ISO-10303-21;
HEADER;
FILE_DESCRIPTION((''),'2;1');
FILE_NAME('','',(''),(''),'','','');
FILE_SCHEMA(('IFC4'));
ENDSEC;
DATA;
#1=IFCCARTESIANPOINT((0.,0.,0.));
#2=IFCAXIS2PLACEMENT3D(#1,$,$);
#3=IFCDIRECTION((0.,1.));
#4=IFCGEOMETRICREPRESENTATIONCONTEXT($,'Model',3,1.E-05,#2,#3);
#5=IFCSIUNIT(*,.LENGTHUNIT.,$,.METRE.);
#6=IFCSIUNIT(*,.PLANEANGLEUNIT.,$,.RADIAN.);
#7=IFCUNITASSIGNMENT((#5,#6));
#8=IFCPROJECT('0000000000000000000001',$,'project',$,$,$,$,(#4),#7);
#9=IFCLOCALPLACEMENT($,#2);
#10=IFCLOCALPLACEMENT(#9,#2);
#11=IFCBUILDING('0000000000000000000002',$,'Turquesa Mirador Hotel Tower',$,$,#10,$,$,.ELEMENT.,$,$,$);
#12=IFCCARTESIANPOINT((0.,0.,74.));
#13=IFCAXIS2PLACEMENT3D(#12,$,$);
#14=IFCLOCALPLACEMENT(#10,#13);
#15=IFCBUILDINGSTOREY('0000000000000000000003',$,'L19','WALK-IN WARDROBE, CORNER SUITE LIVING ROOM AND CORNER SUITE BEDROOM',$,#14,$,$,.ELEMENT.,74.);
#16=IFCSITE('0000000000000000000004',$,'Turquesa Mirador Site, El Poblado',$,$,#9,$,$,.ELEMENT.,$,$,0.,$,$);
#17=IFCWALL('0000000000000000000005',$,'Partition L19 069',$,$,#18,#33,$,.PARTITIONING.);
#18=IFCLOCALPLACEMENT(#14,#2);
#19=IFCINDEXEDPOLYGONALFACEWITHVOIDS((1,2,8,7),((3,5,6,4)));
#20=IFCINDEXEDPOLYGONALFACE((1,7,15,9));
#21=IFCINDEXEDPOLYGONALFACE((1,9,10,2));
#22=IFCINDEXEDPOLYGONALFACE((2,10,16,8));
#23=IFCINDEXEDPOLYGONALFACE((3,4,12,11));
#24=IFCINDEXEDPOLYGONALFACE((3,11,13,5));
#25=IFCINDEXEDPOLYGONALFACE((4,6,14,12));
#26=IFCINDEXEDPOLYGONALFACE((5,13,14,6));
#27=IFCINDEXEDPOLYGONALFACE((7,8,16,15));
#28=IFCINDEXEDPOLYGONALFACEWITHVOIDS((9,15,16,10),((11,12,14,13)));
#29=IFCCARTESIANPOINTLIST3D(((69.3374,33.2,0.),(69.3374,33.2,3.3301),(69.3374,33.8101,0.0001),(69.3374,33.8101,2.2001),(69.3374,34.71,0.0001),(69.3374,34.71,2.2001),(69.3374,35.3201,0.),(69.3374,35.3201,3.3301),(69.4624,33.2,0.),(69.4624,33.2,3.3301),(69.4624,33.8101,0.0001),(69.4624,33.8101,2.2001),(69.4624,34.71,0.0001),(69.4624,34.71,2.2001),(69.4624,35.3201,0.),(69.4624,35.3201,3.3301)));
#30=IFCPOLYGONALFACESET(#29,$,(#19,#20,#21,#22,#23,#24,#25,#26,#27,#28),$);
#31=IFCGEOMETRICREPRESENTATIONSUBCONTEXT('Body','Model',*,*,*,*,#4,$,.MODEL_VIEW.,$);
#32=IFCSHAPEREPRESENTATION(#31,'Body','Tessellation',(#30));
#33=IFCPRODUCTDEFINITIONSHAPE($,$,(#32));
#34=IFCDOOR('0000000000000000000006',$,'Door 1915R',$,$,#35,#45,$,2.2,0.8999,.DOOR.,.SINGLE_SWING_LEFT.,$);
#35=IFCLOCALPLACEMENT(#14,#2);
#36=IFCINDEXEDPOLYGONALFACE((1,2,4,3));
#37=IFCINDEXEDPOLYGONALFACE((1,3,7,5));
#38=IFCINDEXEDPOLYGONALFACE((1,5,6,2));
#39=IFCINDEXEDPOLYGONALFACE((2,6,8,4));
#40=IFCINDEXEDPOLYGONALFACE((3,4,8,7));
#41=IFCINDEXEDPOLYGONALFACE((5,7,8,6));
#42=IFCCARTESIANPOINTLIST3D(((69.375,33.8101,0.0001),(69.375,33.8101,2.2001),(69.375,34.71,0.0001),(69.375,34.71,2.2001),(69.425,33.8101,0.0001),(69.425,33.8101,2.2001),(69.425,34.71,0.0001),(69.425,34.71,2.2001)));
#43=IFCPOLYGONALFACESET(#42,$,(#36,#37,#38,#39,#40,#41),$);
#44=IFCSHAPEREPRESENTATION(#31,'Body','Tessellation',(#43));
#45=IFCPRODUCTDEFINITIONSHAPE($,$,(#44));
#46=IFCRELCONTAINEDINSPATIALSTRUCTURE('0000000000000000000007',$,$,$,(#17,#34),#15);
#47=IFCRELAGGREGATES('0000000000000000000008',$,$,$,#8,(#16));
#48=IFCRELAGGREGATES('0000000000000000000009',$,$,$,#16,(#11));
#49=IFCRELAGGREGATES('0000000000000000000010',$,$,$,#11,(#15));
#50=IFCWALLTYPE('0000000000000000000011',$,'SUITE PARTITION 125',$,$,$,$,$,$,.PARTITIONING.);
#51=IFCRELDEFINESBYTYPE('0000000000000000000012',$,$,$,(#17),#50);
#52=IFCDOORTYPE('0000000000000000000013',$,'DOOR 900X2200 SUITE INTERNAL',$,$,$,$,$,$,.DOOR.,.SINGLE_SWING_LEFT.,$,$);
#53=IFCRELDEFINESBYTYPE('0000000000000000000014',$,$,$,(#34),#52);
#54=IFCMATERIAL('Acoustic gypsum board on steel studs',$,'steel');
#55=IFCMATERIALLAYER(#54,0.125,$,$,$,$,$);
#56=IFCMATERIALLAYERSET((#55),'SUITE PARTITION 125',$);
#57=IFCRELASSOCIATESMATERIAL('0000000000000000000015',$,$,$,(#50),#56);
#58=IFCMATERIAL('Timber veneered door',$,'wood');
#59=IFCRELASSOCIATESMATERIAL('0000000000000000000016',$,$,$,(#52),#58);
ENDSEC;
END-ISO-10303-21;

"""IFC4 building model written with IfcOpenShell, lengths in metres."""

from ifc_helpers import new_model, si_unit, direction, frame, frame_2d, origin, place, context, subcontext, project, spatial, rectangle, extrude, material, layer, layer_set, type_object, element, fill, save


model = new_model("IFC4")

# Units and contexts
model_context = context("Model", 3, precision=1e-05, world=origin(), true_north=direction((0.0, 1.0)))
body_context = subcontext(model_context, "Body", "Model", "MODEL_VIEW")
ifc_project = project(units=[si_unit("LENGTHUNIT", "METRE"), si_unit("PLANEANGLEUNIT", "RADIAN")], contexts=[model_context])

# Site, building, storey
site_placement = place(None, origin())
site = spatial("IfcSite", under=ifc_project, at=site_placement, Name="Turquesa Mirador Site, El Poblado", CompositionType="ELEMENT", RefElevation=0.0)
building_placement = place(site_placement, origin())
building = spatial("IfcBuilding", under=site, at=building_placement, Name="Turquesa Mirador Hotel Tower", CompositionType="ELEMENT")
storey_placement = place(building_placement, frame((0.0, 0.0, 74.0)))
storey = spatial("IfcBuildingStorey", under=building, at=storey_placement, Name="L19", Description="WALK-IN WARDROBE, CORNER SUITE LIVING ROOM AND CORNER SUITE BEDROOM", CompositionType="ELEMENT", Elevation=74.0)

# Wall, opening, door
ifc_material_1 = material(Name="Acoustic gypsum board on steel studs", Category="steel")
ifc_layer_1 = layer(ifc_material_1, 0.125)
ifc_layer_set_1 = layer_set([ifc_layer_1], Name="SUITE PARTITION 125")
wall_type_1 = type_object("IfcWallType", Name="SUITE PARTITION 125", PredefinedType="PARTITIONING", material=ifc_layer_set_1)
ifc_material_2 = material(Name="Timber veneered door", Category="wood")
door_type_1 = type_object("IfcDoorType", Name="DOOR 900X2200 SUITE INTERNAL", OperationType="SINGLE_SWING_LEFT", PredefinedType="DOOR", material=ifc_material_2)
wall_1_placement = place(storey_placement, frame((69.3999, 33.2, 0.0), z_axis=(0.0, 0.0, 1.0), x_axis=(0.0, 1.0, 0.0)))
wall_1 = element("IfcWall", 1, at=wall_1_placement, inside=storey, type_object=wall_type_1, Name="Partition L19 069", PredefinedType="PARTITIONING", context=body_context, shape_type="SweptSolid", body=[
    extrude(rectangle(XDim=2.1201, YDim=0.125, at=frame_2d((1.0601, 0.0))), origin(), (0.0, 0.0, 1.0), 3.3301),
])
opening_1_placement = place(wall_1_placement, frame((0.6101, 0.0, 0.0)))
opening_1 = element("IfcOpeningElement", 2, at=opening_1_placement, cuts=wall_1, PredefinedType="OPENING", context=body_context, shape_type="SweptSolid", body=[
    extrude(rectangle(XDim=0.8999, YDim=2.2, at=frame_2d((0.45, 1.1001))), frame((0.0, 0.0725, 0.0), z_axis=(0.0, -1.0, 0.0), x_axis=(1.0, 0.0, 0.0)), (0.0, 0.0, 1.0), 0.145),
])
door_1_placement = place(opening_1_placement, origin())
door_1 = element("IfcDoor", 3, at=door_1_placement, inside=storey, type_object=door_type_1, Name="Door 1915R", OperationType="SINGLE_SWING_LEFT", OverallHeight=2.2, OverallWidth=0.8999, PredefinedType="DOOR", context=body_context, shape_type="SweptSolid", body=[
    extrude(rectangle(XDim=0.8999, YDim=2.2, at=frame_2d((0.45, 1.1001))), frame((0.0, 0.0249, 0.0), z_axis=(0.0, -1.0, 0.0), x_axis=(1.0, 0.0, 0.0)), (0.0, 0.0, 1.0), 0.05),
])
fill(opening_1, door_1)

save(model, "model.ifc")
